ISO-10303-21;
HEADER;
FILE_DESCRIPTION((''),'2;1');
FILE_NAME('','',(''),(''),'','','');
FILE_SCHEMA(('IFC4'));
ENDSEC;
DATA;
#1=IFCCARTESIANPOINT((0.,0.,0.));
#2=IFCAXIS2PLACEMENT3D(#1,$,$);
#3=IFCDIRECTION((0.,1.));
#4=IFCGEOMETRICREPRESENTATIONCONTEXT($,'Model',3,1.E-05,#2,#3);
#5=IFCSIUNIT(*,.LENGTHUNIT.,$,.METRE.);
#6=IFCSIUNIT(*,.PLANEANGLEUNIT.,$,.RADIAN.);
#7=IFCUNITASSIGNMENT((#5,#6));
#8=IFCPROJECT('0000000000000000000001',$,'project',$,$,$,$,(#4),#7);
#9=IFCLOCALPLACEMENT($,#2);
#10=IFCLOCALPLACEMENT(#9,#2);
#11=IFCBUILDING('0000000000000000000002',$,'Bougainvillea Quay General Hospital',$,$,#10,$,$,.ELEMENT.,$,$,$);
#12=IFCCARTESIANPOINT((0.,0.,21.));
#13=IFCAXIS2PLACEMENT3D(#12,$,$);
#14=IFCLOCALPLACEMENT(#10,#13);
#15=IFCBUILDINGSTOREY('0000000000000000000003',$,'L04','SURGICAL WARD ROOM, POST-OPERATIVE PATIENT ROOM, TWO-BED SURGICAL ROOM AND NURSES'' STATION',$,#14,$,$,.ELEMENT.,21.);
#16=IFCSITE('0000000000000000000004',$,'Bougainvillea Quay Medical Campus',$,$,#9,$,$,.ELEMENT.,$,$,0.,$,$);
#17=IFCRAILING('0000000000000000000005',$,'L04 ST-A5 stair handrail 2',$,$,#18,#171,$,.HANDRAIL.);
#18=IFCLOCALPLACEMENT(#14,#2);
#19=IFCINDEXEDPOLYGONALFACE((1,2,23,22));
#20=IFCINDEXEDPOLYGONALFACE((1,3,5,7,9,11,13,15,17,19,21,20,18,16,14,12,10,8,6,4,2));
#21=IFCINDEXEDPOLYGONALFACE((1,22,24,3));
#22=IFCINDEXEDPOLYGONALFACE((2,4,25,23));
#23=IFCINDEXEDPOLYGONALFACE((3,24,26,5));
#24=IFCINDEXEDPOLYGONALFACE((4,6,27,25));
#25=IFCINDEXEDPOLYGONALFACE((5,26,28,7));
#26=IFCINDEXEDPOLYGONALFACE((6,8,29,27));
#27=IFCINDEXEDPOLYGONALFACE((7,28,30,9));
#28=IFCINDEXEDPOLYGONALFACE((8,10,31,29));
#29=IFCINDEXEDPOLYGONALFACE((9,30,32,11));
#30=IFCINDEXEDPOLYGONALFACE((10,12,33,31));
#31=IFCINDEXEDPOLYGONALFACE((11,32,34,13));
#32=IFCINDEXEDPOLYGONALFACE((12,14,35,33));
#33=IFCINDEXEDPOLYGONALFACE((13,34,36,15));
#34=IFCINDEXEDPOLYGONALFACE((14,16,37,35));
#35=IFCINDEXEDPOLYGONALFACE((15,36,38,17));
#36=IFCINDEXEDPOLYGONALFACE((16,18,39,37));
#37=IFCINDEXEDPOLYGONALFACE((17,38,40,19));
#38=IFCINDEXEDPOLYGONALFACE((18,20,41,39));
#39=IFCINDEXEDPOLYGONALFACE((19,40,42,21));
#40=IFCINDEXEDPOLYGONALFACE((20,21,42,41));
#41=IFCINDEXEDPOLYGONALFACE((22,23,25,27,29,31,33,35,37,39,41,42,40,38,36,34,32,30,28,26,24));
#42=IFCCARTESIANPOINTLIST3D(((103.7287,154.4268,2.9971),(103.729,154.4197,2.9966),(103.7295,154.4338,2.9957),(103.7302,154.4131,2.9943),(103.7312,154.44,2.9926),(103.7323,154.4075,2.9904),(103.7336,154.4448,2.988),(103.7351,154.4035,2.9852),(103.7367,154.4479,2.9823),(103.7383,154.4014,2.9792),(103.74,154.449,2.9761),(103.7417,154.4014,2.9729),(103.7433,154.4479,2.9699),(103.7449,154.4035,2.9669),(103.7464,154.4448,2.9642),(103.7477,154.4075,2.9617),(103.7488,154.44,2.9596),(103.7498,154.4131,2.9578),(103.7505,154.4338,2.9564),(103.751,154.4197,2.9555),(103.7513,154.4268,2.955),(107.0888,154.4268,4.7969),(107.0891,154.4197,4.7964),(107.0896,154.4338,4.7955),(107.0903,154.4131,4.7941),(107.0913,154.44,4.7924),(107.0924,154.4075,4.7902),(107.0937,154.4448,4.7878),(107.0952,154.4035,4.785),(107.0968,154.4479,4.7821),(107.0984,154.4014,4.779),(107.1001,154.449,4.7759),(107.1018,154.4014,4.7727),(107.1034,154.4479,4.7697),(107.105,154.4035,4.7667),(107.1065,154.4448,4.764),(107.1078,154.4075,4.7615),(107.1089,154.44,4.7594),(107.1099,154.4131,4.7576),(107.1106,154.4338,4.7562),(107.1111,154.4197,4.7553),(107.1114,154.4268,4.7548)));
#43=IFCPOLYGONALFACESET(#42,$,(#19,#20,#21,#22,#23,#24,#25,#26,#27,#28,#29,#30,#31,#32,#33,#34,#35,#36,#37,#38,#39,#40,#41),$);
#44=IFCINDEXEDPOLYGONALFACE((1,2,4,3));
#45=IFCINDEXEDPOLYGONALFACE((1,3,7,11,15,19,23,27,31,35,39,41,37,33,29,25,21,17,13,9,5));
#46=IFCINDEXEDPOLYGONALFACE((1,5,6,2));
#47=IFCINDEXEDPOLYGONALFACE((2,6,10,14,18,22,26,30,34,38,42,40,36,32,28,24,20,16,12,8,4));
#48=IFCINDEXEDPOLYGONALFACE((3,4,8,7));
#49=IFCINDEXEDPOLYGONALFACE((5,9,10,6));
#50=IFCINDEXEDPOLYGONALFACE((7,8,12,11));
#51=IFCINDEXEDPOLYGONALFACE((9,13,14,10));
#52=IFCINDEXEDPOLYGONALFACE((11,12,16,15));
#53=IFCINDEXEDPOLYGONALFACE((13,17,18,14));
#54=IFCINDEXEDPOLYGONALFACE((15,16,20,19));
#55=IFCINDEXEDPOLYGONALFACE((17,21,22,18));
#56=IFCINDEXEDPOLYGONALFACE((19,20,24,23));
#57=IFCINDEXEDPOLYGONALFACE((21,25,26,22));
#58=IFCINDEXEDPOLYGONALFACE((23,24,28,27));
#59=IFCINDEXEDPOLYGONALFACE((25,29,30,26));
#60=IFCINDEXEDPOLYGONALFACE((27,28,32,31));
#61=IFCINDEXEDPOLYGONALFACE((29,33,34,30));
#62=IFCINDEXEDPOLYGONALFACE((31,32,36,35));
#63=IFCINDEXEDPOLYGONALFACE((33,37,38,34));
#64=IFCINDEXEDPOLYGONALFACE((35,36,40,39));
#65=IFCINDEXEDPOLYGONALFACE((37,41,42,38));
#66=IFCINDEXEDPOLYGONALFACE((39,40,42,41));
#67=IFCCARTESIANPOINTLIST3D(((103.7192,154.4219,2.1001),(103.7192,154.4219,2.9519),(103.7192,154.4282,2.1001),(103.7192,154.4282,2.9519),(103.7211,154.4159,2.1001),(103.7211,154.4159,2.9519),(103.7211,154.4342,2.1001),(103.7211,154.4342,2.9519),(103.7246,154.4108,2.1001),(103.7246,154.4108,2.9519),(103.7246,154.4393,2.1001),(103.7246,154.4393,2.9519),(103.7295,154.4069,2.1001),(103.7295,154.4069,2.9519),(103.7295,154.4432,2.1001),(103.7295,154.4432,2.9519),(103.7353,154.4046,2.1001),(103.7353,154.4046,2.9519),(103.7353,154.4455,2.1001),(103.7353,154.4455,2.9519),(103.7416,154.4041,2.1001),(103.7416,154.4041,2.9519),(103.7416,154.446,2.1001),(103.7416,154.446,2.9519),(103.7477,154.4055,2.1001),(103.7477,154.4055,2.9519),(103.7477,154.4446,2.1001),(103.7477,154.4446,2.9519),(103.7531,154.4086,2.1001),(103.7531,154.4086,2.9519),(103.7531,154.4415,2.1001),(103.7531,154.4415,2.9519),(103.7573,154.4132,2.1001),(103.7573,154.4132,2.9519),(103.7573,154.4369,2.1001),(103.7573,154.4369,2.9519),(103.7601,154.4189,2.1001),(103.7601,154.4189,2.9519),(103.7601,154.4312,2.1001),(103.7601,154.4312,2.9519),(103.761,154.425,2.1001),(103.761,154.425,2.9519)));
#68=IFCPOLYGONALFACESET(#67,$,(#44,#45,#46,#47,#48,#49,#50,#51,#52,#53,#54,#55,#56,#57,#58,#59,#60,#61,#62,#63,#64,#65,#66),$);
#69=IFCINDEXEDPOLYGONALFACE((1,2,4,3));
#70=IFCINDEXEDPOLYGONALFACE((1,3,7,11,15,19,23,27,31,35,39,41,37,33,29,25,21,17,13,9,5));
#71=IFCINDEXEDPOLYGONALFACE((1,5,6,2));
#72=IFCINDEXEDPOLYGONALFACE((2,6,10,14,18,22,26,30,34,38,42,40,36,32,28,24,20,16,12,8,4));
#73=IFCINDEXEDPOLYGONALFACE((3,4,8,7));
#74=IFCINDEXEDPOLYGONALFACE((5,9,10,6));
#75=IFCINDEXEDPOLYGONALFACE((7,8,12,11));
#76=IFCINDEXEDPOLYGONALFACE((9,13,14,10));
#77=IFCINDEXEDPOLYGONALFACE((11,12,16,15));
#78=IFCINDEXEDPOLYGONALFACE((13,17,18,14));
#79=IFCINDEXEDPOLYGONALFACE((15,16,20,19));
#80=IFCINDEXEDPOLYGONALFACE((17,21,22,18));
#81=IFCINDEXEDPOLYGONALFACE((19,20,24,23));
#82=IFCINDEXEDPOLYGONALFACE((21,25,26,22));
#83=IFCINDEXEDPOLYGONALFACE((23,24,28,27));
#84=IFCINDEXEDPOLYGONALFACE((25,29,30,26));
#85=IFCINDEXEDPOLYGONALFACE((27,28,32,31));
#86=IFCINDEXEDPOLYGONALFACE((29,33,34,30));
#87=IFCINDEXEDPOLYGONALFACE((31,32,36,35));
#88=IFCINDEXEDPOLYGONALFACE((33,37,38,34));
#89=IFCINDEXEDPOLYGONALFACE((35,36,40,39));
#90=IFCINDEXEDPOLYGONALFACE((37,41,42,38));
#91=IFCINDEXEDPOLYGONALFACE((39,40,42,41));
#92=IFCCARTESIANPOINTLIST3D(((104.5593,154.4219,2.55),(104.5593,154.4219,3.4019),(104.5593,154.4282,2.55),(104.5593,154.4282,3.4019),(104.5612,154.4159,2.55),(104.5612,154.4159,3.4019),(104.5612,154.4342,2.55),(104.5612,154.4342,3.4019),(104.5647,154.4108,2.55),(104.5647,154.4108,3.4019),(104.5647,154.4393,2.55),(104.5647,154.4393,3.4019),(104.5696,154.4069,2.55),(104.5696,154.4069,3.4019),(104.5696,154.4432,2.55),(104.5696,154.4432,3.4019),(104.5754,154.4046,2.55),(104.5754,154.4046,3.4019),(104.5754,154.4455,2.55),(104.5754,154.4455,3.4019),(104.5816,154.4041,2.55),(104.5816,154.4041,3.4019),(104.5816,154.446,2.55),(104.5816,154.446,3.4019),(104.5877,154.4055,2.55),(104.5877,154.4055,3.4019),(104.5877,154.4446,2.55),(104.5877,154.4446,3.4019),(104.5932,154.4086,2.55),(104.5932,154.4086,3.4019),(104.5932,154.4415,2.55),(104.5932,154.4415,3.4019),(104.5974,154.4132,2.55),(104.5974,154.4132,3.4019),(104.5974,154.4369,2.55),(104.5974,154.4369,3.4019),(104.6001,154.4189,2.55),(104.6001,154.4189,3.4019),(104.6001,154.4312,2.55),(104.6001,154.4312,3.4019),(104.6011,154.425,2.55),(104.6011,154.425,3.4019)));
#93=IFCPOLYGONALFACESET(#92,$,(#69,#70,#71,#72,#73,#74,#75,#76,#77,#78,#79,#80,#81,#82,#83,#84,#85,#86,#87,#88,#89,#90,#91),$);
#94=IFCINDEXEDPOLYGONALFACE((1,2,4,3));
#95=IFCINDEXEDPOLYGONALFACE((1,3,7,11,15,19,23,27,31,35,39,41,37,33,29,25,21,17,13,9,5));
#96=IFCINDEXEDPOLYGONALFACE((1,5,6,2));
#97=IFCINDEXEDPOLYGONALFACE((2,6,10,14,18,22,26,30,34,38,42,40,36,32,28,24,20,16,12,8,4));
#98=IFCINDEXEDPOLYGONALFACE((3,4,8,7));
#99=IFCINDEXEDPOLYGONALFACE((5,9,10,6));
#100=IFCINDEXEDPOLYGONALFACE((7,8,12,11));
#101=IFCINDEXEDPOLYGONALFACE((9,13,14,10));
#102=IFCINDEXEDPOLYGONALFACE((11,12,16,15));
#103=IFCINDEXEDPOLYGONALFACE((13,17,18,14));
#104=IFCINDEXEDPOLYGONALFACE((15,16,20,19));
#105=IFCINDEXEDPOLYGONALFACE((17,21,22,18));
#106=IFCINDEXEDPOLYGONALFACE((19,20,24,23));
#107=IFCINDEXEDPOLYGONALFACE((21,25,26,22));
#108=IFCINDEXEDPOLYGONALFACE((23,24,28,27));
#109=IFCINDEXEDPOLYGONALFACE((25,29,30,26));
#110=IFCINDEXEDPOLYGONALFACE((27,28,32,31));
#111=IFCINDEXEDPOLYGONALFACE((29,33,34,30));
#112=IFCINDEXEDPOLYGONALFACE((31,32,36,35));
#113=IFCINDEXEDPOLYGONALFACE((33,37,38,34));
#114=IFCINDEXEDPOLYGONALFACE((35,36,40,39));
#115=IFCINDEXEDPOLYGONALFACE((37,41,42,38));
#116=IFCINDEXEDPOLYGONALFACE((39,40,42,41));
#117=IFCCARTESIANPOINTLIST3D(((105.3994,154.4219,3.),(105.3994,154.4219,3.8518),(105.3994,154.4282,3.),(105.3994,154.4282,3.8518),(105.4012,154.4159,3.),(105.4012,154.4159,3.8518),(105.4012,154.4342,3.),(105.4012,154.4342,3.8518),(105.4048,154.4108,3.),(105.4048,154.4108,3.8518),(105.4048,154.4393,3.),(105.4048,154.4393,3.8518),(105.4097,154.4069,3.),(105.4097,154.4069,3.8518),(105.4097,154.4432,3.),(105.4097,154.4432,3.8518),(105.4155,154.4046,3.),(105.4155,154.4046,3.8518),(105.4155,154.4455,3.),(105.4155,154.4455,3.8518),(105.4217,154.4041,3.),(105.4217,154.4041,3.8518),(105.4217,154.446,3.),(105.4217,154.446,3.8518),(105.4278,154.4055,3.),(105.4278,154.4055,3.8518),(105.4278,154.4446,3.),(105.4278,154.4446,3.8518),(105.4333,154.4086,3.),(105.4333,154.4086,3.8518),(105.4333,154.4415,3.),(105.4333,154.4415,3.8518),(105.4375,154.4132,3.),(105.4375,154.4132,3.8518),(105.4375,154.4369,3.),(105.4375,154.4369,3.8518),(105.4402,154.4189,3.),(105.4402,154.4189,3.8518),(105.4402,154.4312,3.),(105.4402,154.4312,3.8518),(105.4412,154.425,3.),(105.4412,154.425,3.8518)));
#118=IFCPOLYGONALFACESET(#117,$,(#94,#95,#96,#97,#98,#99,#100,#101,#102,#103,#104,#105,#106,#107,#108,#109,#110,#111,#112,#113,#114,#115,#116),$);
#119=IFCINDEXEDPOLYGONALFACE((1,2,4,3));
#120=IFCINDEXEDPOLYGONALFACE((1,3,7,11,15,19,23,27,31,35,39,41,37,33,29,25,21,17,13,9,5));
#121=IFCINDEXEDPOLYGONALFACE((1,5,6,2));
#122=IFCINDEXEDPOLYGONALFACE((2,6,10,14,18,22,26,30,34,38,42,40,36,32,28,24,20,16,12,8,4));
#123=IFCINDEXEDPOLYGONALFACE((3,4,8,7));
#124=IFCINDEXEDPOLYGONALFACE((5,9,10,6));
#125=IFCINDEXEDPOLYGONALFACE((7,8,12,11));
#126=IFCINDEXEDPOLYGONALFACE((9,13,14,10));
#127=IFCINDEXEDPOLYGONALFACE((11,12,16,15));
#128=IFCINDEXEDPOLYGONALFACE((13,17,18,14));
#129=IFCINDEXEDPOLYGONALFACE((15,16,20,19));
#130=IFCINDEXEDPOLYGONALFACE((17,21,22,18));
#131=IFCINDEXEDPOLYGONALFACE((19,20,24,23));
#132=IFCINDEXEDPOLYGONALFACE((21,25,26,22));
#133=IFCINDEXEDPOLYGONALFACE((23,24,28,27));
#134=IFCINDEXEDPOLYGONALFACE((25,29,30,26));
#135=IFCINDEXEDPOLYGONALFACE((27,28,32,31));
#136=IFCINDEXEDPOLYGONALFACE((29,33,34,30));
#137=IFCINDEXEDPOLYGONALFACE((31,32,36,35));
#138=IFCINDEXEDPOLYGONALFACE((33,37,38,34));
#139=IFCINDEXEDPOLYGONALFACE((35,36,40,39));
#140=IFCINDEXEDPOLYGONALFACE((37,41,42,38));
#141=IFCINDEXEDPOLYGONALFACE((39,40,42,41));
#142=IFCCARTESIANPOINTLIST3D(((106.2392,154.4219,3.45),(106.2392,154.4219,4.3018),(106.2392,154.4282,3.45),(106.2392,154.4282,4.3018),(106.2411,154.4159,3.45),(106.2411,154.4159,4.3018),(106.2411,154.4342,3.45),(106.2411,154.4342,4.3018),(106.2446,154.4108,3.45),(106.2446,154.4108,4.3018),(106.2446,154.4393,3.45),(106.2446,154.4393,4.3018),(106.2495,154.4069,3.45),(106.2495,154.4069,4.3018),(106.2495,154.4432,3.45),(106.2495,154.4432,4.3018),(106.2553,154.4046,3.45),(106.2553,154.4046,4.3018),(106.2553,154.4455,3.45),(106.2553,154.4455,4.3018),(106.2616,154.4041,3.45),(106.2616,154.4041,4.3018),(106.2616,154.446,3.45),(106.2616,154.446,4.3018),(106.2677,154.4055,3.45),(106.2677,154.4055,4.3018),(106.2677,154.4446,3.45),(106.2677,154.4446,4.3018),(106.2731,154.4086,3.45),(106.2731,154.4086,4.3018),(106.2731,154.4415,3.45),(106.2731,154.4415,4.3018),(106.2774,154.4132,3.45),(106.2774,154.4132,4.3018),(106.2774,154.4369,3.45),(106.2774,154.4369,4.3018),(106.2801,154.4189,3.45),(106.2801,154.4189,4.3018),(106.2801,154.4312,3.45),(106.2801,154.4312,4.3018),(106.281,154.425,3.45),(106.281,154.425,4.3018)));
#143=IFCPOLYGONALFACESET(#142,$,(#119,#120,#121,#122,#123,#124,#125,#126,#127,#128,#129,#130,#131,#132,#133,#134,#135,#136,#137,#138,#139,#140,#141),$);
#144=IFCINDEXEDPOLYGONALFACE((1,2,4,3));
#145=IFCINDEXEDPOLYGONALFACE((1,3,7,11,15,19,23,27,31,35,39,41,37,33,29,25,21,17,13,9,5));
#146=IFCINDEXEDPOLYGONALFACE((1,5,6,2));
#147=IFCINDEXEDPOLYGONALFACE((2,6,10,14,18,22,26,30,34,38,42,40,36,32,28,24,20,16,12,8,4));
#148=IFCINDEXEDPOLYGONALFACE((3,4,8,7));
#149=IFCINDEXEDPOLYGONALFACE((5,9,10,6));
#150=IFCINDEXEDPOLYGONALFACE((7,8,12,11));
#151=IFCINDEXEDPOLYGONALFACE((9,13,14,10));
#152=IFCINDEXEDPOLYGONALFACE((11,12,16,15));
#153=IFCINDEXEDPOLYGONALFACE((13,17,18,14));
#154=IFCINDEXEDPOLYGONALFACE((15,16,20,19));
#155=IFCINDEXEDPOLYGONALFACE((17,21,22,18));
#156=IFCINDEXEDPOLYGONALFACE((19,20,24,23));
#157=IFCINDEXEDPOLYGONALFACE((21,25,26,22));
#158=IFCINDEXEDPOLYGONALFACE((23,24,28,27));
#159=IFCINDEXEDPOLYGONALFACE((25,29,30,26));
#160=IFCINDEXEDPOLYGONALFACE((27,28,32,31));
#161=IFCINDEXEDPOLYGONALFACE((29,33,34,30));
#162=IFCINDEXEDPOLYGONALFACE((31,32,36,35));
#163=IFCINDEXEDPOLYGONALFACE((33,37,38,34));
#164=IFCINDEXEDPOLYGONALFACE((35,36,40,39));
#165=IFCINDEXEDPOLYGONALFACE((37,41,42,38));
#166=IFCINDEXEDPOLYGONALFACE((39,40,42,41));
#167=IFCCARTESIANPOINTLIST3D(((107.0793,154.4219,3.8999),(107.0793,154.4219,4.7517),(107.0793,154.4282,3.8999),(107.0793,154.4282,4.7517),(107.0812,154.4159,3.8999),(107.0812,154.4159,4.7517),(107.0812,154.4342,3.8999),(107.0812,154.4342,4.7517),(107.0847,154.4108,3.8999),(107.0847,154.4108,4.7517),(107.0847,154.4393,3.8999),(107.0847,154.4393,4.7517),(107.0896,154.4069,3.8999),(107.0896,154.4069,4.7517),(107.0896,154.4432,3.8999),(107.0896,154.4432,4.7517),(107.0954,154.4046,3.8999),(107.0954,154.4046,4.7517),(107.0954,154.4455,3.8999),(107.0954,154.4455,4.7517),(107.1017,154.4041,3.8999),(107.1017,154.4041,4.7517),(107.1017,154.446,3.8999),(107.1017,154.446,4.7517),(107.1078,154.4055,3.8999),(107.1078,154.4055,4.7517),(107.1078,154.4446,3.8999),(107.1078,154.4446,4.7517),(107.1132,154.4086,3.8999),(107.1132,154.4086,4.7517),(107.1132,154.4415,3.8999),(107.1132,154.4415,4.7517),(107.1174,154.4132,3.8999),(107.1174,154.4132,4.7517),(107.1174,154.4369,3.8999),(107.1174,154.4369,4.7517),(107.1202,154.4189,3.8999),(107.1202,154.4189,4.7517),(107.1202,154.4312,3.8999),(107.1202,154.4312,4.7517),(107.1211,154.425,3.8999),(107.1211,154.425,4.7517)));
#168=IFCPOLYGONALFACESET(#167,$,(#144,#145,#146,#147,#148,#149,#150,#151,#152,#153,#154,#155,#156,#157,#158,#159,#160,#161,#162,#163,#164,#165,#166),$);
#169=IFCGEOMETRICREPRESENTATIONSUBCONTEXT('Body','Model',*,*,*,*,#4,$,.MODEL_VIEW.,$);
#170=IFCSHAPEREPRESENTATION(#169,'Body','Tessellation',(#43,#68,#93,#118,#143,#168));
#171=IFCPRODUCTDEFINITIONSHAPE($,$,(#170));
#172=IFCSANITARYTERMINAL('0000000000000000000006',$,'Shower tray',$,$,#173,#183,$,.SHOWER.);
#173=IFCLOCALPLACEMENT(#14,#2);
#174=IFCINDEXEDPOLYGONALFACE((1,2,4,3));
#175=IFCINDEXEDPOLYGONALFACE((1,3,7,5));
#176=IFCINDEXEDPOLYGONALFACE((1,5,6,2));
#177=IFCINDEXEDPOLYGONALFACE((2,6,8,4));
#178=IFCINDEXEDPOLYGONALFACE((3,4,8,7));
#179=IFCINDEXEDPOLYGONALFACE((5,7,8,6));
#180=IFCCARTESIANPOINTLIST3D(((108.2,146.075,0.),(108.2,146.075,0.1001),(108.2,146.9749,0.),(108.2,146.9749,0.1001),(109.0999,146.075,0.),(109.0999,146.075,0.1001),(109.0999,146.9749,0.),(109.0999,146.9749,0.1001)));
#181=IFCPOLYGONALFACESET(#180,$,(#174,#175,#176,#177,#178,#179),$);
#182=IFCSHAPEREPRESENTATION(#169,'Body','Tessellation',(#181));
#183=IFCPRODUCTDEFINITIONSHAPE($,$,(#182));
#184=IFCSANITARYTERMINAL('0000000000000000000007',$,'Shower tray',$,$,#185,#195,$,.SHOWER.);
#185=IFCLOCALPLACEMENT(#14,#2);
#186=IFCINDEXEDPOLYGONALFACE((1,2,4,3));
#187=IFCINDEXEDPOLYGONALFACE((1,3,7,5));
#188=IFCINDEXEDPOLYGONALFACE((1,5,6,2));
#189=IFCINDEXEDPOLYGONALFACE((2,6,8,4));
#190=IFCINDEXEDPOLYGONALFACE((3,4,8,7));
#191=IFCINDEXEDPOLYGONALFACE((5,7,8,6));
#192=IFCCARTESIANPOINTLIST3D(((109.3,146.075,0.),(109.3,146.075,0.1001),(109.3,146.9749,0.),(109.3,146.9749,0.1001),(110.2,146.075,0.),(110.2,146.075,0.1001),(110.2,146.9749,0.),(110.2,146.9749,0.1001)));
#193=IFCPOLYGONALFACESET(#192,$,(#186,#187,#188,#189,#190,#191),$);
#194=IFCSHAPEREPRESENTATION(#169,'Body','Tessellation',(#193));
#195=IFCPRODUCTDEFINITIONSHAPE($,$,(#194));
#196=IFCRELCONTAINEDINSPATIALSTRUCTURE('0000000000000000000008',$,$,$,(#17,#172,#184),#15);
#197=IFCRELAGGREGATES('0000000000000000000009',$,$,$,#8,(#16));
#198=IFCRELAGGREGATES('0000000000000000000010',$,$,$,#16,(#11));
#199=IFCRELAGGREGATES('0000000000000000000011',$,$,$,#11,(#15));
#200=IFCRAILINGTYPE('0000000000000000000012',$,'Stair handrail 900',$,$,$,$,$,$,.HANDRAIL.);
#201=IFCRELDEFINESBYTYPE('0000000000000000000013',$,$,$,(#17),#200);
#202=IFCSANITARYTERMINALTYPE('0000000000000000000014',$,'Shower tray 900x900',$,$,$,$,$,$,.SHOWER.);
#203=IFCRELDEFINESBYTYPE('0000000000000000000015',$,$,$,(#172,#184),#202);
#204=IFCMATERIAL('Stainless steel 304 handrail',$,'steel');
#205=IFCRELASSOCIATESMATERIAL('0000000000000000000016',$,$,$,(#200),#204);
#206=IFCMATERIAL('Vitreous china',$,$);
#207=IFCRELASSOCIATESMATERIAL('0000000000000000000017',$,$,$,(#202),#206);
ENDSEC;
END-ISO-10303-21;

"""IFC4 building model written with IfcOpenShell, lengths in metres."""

from ifc_helpers import new_model, si_unit, direction, frame, origin, origin_2d, place, context, subcontext, project, spatial, rectangle, circle, extrude, material, type_object, element, save


model = new_model("IFC4")

# Units and contexts
model_context = context("Model", 3, precision=1e-05, world=origin(), true_north=direction((0.0, 1.0)))
body_context = subcontext(model_context, "Body", "Model", "MODEL_VIEW")
ifc_project = project(units=[si_unit("LENGTHUNIT", "METRE"), si_unit("PLANEANGLEUNIT", "RADIAN")], contexts=[model_context])

# Site, building, storey
site_placement = place(None, origin())
site = spatial("IfcSite", under=ifc_project, at=site_placement, Name="Bougainvillea Quay Medical Campus", CompositionType="ELEMENT", RefElevation=0.0)
building_placement = place(site_placement, origin())
building = spatial("IfcBuilding", under=site, at=building_placement, Name="Bougainvillea Quay General Hospital", CompositionType="ELEMENT")
storey_placement = place(building_placement, frame((0.0, 0.0, 21.0)))
storey = spatial("IfcBuildingStorey", under=building, at=storey_placement, Name="L04", Description="SURGICAL WARD ROOM, POST-OPERATIVE PATIENT ROOM, TWO-BED SURGICAL ROOM AND NURSES' STATION", CompositionType="ELEMENT", Elevation=21.0)

# Railing
ifc_material_1 = material(Name="Stainless steel 304 handrail", Category="steel")
railing_type_1 = type_object("IfcRailingType", Name="Stair handrail 900", PredefinedType="HANDRAIL", material=ifc_material_1)
railing_1_placement = place(storey_placement, frame((103.74, 154.425, 2.1001)))
element("IfcRailing", 1, at=railing_1_placement, inside=storey, type_object=railing_type_1, Name="L04 ST-A5 stair handrail 2", PredefinedType="HANDRAIL", context=body_context, shape_type="SweptSolid", body=[
    extrude(circle(Radius=0.0239, at=origin_2d()), frame((0.0, 0.0, 0.876), z_axis=(0.881508, 0.0, 0.47217), x_axis=(0.0, 1.0, 0.0)), (0.0, 0.0, 1.0), 3.8118),
    extrude(circle(Radius=0.021, at=origin_2d()), origin(), (0.0, 0.0, 1.0), 0.8518),
    extrude(circle(Radius=0.021, at=origin_2d()), frame((0.8401, 0.0, 0.45)), (0.0, 0.0, 1.0), 0.8518),
    extrude(circle(Radius=0.021, at=origin_2d()), frame((1.6802, 0.0, 0.8999)), (0.0, 0.0, 1.0), 0.8518),
    extrude(circle(Radius=0.021, at=origin_2d()), frame((2.52, 0.0, 1.3499)), (0.0, 0.0, 1.0), 0.8518),
    extrude(circle(Radius=0.021, at=origin_2d()), frame((3.3601, 0.0, 1.7998)), (0.0, 0.0, 1.0), 0.8518),
])

# Sanitary terminals
ifc_material_2 = material(Name="Vitreous china")
sanitary_terminal_type = type_object("IfcSanitaryTerminalType", Name="Shower tray 900x900", PredefinedType="SHOWER", material=ifc_material_2)
for number, where, z_axis, x_axis, name in (
    (2, (108.6499, 146.5249, 0.0), (0.0, 0.0, 1.0), (0.0, -1.0, 0.0), "Shower tray"),
    (3, (109.75, 146.5249, 0.0), (0.0, 0.0, 1.0), (0.0, 1.0, 0.0), "Shower tray"),
):
    element("IfcSanitaryTerminal", number, at=place(storey_placement, frame(where, z_axis=z_axis, x_axis=x_axis)), inside=storey, type_object=sanitary_terminal_type, Name=name, PredefinedType="SHOWER", context=body_context, shape_type="SweptSolid", body=[
        extrude(rectangle(XDim=0.8999, YDim=0.8999, at=origin_2d()), origin(), (0.0, 0.0, 1.0), 0.1001),
    ])

save(model, "model.ifc")
